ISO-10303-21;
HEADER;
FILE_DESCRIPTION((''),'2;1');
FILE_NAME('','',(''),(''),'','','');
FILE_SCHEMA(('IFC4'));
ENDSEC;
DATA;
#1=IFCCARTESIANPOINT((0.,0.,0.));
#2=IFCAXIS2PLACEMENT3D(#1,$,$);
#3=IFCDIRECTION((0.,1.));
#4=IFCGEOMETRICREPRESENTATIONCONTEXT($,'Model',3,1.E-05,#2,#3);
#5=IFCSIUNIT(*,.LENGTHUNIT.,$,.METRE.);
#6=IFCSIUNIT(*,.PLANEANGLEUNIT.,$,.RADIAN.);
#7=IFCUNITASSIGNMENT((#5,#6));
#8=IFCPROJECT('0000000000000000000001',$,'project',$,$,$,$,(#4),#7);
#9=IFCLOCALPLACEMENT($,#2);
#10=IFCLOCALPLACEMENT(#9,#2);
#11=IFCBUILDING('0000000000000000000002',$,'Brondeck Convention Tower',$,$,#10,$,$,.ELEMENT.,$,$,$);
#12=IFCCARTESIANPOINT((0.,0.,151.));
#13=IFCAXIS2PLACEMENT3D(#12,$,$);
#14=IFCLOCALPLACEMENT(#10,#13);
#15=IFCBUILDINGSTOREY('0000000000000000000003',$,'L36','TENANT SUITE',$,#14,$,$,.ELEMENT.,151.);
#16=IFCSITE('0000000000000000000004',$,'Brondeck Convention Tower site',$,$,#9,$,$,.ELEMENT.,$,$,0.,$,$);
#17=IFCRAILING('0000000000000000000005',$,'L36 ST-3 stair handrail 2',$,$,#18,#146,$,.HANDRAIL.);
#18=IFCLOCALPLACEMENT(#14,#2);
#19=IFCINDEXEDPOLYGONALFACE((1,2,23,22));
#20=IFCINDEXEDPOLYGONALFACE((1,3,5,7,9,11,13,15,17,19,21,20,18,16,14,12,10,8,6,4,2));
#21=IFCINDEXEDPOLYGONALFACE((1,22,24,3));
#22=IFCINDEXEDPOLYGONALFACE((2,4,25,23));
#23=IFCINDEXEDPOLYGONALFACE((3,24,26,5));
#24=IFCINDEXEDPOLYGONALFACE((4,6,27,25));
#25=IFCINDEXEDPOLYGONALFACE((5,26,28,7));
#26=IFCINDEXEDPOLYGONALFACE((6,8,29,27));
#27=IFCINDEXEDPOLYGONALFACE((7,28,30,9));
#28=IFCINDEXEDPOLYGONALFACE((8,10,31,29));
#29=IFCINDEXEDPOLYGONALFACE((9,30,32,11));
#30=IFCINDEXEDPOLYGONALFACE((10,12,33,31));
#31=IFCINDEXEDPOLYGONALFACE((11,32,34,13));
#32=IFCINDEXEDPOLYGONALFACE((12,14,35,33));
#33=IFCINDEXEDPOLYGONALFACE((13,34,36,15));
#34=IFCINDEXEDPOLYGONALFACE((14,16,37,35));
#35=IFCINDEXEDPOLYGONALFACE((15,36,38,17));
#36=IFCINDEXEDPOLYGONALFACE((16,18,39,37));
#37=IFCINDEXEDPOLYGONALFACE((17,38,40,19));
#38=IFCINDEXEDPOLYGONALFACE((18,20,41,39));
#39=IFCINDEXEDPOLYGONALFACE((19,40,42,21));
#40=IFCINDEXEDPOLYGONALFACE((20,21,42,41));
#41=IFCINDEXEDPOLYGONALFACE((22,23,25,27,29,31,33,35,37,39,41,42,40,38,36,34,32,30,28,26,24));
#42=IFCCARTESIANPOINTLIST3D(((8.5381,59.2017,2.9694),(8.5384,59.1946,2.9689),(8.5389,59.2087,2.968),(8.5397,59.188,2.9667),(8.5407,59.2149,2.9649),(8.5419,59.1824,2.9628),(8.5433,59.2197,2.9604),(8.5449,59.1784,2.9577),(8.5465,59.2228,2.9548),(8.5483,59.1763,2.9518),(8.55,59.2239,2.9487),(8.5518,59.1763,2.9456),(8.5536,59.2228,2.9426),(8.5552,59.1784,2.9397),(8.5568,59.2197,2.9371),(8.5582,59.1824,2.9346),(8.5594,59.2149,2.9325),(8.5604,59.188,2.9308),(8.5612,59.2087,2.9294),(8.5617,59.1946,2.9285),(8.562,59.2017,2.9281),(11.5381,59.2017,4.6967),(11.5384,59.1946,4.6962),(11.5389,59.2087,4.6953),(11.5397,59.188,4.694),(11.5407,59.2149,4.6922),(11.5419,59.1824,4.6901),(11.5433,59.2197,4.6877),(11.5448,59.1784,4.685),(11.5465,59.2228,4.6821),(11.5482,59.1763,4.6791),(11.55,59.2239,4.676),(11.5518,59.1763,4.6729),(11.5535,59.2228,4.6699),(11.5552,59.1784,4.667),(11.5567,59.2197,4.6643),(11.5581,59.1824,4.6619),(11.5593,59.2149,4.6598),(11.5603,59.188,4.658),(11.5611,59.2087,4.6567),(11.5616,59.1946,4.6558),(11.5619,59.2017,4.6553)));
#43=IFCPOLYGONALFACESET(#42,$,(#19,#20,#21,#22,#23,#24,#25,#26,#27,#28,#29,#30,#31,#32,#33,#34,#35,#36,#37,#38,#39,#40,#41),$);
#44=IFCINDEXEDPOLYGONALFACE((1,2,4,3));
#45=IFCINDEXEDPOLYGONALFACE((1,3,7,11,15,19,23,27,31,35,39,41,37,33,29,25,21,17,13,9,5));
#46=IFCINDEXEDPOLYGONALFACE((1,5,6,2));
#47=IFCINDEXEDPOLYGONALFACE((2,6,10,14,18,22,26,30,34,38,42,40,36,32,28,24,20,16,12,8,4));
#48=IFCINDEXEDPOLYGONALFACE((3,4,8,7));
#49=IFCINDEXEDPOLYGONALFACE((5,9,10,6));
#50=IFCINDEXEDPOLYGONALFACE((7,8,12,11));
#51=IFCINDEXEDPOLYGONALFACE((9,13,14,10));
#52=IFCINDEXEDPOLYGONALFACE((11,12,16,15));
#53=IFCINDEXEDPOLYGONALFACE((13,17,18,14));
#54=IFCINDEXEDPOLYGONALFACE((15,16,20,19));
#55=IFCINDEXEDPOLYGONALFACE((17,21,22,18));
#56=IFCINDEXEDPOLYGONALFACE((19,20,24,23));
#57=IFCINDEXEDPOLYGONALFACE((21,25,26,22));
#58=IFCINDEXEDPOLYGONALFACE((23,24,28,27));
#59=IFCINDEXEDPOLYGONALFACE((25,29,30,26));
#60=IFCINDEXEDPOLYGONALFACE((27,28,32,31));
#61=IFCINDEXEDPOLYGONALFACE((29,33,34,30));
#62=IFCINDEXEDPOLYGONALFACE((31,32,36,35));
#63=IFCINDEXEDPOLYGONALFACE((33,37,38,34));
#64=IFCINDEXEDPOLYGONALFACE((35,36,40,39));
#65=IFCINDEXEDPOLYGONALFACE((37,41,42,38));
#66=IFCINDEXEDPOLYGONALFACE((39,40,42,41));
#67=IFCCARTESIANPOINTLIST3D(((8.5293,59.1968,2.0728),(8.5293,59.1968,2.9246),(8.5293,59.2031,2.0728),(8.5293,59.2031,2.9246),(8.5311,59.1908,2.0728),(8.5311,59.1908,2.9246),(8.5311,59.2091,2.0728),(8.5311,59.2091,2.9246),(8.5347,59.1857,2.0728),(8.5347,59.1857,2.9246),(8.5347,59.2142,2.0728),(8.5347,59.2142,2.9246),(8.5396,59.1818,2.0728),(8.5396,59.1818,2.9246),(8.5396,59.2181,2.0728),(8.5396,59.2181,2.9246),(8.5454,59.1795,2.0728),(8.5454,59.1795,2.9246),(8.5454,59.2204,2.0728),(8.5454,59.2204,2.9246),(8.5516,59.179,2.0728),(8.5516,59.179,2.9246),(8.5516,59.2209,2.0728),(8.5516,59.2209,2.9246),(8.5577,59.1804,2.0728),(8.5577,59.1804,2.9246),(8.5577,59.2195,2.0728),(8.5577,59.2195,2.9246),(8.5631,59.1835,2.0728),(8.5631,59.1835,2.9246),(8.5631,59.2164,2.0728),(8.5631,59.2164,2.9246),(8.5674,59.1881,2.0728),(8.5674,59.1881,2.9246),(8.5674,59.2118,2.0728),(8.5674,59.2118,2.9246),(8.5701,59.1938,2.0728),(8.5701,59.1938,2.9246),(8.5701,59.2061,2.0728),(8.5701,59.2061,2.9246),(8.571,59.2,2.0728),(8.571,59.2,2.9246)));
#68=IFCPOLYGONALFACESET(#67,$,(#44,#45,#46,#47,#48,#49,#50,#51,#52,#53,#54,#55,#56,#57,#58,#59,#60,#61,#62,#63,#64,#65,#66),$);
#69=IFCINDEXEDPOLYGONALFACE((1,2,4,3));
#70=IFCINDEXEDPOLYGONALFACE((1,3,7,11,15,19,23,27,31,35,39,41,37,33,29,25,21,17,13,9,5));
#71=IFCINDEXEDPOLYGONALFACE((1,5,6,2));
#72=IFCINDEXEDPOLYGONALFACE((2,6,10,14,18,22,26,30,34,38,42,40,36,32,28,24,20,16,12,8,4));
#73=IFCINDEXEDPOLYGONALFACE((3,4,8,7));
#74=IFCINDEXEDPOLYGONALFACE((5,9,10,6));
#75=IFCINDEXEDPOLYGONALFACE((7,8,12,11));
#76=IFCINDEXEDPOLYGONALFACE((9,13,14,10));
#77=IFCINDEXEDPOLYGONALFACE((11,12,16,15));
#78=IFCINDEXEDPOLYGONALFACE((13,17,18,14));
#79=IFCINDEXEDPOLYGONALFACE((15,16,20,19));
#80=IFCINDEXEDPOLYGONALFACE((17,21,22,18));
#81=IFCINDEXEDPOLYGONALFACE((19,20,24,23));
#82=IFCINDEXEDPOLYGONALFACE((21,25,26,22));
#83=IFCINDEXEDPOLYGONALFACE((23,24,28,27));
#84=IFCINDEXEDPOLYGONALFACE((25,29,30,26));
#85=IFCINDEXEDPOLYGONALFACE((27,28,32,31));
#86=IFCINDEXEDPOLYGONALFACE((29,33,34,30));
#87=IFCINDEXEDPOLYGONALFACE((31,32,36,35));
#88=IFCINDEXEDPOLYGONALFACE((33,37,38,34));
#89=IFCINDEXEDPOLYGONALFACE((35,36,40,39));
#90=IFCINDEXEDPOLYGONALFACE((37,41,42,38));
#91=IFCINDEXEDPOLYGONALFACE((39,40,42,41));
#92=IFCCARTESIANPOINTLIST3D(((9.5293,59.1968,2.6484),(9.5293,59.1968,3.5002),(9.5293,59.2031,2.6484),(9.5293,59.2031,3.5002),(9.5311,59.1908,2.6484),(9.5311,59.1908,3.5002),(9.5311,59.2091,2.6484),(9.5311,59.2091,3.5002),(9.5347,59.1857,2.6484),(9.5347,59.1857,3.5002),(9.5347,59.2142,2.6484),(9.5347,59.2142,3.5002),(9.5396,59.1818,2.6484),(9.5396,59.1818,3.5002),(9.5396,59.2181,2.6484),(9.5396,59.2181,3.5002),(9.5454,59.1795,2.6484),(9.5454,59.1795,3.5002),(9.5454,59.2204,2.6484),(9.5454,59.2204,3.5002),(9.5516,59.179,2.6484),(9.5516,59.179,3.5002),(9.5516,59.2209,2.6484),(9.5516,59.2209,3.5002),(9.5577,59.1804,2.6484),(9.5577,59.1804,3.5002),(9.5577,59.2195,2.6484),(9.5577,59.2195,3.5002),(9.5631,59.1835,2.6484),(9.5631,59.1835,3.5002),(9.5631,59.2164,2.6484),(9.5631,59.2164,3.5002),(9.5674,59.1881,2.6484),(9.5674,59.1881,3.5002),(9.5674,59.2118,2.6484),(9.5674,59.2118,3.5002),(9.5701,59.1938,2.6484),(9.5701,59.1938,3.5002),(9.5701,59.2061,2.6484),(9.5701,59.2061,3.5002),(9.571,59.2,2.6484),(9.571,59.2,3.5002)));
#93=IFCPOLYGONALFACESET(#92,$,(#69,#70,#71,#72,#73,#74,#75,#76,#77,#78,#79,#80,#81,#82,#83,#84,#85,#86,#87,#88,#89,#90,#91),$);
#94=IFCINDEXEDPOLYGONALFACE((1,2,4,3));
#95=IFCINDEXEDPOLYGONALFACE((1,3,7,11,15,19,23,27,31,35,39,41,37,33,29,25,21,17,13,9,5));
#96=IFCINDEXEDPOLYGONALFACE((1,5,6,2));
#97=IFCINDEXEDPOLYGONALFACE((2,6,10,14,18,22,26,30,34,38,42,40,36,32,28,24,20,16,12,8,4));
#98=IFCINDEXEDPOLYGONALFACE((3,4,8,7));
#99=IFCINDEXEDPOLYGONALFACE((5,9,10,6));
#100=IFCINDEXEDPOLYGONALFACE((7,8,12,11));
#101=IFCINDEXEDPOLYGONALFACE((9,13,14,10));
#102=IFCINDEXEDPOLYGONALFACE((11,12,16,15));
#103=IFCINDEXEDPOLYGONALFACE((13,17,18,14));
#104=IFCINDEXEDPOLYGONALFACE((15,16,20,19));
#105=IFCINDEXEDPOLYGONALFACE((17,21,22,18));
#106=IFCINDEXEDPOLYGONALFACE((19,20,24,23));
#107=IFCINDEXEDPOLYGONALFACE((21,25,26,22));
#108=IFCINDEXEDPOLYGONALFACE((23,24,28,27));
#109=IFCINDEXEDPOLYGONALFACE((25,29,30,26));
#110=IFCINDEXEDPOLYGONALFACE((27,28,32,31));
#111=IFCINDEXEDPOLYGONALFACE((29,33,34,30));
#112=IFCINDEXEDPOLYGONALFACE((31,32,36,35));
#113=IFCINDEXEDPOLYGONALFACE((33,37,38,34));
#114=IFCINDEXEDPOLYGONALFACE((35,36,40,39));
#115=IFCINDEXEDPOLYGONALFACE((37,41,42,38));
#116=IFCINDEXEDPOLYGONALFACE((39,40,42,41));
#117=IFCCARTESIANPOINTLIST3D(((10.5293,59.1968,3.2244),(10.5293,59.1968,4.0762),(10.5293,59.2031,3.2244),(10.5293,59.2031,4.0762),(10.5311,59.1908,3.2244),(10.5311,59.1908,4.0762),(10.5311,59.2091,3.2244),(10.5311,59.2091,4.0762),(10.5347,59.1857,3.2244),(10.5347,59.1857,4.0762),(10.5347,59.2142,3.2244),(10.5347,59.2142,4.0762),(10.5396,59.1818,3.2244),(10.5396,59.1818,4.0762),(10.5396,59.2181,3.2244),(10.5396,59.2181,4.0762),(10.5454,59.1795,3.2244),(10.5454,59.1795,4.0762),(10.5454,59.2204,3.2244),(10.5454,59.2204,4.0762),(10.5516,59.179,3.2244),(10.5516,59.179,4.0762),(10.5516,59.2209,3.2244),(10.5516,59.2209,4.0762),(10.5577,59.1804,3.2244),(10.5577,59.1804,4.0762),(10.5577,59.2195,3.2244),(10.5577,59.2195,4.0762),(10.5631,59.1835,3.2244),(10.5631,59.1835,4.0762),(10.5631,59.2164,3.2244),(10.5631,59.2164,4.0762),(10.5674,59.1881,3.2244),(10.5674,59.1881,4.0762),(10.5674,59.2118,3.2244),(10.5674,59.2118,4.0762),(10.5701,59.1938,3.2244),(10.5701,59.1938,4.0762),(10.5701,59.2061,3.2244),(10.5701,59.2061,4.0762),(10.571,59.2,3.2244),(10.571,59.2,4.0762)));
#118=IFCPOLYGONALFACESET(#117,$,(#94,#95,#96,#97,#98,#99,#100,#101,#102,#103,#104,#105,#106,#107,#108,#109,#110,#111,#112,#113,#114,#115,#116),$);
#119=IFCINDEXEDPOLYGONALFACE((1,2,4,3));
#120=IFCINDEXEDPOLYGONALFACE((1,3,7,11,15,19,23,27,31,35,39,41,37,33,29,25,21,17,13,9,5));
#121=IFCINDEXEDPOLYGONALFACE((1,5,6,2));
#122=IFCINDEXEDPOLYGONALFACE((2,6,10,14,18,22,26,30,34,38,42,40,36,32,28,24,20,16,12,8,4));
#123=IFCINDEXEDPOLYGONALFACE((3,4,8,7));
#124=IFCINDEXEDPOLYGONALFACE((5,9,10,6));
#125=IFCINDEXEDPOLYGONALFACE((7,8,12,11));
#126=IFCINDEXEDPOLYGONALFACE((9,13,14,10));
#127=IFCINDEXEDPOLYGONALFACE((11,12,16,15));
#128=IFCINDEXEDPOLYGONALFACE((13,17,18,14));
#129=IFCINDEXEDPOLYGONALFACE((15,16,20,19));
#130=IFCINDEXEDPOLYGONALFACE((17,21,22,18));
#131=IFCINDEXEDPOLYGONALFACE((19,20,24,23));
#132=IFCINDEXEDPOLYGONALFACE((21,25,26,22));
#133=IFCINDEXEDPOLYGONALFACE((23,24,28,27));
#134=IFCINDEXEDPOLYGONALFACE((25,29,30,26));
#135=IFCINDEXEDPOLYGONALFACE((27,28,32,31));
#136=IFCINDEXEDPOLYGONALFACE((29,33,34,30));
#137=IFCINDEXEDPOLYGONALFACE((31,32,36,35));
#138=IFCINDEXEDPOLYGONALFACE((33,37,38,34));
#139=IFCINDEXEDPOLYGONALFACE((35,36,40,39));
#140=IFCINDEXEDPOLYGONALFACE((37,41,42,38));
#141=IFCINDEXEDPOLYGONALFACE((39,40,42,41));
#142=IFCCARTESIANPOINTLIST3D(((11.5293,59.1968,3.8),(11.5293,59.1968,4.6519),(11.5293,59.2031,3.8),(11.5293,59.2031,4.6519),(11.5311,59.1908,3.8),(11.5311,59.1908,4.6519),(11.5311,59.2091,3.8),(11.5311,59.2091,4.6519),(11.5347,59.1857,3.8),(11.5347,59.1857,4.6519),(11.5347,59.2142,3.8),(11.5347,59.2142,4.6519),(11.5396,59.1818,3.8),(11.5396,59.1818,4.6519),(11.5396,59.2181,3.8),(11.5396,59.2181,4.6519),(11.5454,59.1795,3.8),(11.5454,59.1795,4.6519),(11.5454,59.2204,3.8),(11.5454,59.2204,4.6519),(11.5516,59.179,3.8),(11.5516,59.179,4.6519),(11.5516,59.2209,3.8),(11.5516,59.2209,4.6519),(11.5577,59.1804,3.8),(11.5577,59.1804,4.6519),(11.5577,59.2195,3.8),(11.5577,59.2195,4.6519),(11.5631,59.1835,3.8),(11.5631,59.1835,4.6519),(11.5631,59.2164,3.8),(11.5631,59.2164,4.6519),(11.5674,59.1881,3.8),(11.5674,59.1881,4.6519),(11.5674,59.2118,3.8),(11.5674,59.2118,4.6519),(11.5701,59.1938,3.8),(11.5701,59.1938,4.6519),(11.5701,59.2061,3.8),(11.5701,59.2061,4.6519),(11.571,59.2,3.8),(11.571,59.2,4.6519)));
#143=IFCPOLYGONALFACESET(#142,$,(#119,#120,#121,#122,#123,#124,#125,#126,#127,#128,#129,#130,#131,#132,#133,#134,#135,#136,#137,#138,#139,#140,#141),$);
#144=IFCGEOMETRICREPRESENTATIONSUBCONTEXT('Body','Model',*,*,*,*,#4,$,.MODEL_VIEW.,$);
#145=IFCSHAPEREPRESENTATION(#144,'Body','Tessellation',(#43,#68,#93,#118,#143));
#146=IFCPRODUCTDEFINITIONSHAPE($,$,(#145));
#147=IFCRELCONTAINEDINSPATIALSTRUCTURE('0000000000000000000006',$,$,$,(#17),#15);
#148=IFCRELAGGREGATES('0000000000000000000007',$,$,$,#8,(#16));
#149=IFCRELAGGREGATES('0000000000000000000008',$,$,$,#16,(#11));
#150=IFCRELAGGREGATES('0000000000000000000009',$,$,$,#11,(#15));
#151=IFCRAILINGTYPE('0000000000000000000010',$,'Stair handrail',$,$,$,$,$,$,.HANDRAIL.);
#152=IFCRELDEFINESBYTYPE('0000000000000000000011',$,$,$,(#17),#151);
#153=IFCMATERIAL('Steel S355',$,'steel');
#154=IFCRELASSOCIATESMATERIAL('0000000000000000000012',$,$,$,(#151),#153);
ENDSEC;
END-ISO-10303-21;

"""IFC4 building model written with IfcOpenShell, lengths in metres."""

from ifc_helpers import new_model, si_unit, direction, frame, origin, origin_2d, place, context, subcontext, project, spatial, circle, extrude, material, type_object, element, save


model = new_model("IFC4")

# Units and contexts
model_context = context("Model", 3, precision=1e-05, world=origin(), true_north=direction((0.0, 1.0)))
body_context = subcontext(model_context, "Body", "Model", "MODEL_VIEW")
ifc_project = project(units=[si_unit("LENGTHUNIT", "METRE"), si_unit("PLANEANGLEUNIT", "RADIAN")], contexts=[model_context])

# Site, building, storey
site_placement = place(None, origin())
site = spatial("IfcSite", under=ifc_project, at=site_placement, Name="Brondeck Convention Tower site", CompositionType="ELEMENT", RefElevation=0.0)
building_placement = place(site_placement, origin())
building = spatial("IfcBuilding", under=site, at=building_placement, Name="Brondeck Convention Tower", CompositionType="ELEMENT")
storey_placement = place(building_placement, frame((0.0, 0.0, 151.0)))
storey = spatial("IfcBuildingStorey", under=building, at=storey_placement, Name="L36", Description="TENANT SUITE", CompositionType="ELEMENT", Elevation=151.0)

# Railing
ifc_material_1 = material(Name="Steel S355", Category="steel")
railing_type_1 = type_object("IfcRailingType", Name="Stair handrail", PredefinedType="HANDRAIL", material=ifc_material_1)
railing_1_placement = place(storey_placement, frame((8.55, 59.2, 2.0728)))
element("IfcRailing", 1, at=railing_1_placement, inside=storey, type_object=railing_type_1, Name="L36 ST-3 stair handrail 2", PredefinedType="HANDRAIL", context=body_context, shape_type="SweptSolid", body=[
    extrude(circle(Radius=0.0239, at=origin_2d()), frame((0.0, 0.0, 0.876), z_axis=(0.86662, 0.0, 0.498969), x_axis=(0.0, 1.0, 0.0)), (0.0, 0.0, 1.0), 3.4617),
    extrude(circle(Radius=0.021, at=origin_2d()), origin(), (0.0, 0.0, 1.0), 0.8518),
    extrude(circle(Radius=0.021, at=origin_2d()), frame((1.0, 0.0, 0.5757)), (0.0, 0.0, 1.0), 0.8518),
    extrude(circle(Radius=0.021, at=origin_2d()), frame((2.0, 0.0, 1.1516)), (0.0, 0.0, 1.0), 0.8518),
    extrude(circle(Radius=0.021, at=origin_2d()), frame((3.0, 0.0, 1.7273)), (0.0, 0.0, 1.0), 0.8518),
])

save(model, "model.ifc")
